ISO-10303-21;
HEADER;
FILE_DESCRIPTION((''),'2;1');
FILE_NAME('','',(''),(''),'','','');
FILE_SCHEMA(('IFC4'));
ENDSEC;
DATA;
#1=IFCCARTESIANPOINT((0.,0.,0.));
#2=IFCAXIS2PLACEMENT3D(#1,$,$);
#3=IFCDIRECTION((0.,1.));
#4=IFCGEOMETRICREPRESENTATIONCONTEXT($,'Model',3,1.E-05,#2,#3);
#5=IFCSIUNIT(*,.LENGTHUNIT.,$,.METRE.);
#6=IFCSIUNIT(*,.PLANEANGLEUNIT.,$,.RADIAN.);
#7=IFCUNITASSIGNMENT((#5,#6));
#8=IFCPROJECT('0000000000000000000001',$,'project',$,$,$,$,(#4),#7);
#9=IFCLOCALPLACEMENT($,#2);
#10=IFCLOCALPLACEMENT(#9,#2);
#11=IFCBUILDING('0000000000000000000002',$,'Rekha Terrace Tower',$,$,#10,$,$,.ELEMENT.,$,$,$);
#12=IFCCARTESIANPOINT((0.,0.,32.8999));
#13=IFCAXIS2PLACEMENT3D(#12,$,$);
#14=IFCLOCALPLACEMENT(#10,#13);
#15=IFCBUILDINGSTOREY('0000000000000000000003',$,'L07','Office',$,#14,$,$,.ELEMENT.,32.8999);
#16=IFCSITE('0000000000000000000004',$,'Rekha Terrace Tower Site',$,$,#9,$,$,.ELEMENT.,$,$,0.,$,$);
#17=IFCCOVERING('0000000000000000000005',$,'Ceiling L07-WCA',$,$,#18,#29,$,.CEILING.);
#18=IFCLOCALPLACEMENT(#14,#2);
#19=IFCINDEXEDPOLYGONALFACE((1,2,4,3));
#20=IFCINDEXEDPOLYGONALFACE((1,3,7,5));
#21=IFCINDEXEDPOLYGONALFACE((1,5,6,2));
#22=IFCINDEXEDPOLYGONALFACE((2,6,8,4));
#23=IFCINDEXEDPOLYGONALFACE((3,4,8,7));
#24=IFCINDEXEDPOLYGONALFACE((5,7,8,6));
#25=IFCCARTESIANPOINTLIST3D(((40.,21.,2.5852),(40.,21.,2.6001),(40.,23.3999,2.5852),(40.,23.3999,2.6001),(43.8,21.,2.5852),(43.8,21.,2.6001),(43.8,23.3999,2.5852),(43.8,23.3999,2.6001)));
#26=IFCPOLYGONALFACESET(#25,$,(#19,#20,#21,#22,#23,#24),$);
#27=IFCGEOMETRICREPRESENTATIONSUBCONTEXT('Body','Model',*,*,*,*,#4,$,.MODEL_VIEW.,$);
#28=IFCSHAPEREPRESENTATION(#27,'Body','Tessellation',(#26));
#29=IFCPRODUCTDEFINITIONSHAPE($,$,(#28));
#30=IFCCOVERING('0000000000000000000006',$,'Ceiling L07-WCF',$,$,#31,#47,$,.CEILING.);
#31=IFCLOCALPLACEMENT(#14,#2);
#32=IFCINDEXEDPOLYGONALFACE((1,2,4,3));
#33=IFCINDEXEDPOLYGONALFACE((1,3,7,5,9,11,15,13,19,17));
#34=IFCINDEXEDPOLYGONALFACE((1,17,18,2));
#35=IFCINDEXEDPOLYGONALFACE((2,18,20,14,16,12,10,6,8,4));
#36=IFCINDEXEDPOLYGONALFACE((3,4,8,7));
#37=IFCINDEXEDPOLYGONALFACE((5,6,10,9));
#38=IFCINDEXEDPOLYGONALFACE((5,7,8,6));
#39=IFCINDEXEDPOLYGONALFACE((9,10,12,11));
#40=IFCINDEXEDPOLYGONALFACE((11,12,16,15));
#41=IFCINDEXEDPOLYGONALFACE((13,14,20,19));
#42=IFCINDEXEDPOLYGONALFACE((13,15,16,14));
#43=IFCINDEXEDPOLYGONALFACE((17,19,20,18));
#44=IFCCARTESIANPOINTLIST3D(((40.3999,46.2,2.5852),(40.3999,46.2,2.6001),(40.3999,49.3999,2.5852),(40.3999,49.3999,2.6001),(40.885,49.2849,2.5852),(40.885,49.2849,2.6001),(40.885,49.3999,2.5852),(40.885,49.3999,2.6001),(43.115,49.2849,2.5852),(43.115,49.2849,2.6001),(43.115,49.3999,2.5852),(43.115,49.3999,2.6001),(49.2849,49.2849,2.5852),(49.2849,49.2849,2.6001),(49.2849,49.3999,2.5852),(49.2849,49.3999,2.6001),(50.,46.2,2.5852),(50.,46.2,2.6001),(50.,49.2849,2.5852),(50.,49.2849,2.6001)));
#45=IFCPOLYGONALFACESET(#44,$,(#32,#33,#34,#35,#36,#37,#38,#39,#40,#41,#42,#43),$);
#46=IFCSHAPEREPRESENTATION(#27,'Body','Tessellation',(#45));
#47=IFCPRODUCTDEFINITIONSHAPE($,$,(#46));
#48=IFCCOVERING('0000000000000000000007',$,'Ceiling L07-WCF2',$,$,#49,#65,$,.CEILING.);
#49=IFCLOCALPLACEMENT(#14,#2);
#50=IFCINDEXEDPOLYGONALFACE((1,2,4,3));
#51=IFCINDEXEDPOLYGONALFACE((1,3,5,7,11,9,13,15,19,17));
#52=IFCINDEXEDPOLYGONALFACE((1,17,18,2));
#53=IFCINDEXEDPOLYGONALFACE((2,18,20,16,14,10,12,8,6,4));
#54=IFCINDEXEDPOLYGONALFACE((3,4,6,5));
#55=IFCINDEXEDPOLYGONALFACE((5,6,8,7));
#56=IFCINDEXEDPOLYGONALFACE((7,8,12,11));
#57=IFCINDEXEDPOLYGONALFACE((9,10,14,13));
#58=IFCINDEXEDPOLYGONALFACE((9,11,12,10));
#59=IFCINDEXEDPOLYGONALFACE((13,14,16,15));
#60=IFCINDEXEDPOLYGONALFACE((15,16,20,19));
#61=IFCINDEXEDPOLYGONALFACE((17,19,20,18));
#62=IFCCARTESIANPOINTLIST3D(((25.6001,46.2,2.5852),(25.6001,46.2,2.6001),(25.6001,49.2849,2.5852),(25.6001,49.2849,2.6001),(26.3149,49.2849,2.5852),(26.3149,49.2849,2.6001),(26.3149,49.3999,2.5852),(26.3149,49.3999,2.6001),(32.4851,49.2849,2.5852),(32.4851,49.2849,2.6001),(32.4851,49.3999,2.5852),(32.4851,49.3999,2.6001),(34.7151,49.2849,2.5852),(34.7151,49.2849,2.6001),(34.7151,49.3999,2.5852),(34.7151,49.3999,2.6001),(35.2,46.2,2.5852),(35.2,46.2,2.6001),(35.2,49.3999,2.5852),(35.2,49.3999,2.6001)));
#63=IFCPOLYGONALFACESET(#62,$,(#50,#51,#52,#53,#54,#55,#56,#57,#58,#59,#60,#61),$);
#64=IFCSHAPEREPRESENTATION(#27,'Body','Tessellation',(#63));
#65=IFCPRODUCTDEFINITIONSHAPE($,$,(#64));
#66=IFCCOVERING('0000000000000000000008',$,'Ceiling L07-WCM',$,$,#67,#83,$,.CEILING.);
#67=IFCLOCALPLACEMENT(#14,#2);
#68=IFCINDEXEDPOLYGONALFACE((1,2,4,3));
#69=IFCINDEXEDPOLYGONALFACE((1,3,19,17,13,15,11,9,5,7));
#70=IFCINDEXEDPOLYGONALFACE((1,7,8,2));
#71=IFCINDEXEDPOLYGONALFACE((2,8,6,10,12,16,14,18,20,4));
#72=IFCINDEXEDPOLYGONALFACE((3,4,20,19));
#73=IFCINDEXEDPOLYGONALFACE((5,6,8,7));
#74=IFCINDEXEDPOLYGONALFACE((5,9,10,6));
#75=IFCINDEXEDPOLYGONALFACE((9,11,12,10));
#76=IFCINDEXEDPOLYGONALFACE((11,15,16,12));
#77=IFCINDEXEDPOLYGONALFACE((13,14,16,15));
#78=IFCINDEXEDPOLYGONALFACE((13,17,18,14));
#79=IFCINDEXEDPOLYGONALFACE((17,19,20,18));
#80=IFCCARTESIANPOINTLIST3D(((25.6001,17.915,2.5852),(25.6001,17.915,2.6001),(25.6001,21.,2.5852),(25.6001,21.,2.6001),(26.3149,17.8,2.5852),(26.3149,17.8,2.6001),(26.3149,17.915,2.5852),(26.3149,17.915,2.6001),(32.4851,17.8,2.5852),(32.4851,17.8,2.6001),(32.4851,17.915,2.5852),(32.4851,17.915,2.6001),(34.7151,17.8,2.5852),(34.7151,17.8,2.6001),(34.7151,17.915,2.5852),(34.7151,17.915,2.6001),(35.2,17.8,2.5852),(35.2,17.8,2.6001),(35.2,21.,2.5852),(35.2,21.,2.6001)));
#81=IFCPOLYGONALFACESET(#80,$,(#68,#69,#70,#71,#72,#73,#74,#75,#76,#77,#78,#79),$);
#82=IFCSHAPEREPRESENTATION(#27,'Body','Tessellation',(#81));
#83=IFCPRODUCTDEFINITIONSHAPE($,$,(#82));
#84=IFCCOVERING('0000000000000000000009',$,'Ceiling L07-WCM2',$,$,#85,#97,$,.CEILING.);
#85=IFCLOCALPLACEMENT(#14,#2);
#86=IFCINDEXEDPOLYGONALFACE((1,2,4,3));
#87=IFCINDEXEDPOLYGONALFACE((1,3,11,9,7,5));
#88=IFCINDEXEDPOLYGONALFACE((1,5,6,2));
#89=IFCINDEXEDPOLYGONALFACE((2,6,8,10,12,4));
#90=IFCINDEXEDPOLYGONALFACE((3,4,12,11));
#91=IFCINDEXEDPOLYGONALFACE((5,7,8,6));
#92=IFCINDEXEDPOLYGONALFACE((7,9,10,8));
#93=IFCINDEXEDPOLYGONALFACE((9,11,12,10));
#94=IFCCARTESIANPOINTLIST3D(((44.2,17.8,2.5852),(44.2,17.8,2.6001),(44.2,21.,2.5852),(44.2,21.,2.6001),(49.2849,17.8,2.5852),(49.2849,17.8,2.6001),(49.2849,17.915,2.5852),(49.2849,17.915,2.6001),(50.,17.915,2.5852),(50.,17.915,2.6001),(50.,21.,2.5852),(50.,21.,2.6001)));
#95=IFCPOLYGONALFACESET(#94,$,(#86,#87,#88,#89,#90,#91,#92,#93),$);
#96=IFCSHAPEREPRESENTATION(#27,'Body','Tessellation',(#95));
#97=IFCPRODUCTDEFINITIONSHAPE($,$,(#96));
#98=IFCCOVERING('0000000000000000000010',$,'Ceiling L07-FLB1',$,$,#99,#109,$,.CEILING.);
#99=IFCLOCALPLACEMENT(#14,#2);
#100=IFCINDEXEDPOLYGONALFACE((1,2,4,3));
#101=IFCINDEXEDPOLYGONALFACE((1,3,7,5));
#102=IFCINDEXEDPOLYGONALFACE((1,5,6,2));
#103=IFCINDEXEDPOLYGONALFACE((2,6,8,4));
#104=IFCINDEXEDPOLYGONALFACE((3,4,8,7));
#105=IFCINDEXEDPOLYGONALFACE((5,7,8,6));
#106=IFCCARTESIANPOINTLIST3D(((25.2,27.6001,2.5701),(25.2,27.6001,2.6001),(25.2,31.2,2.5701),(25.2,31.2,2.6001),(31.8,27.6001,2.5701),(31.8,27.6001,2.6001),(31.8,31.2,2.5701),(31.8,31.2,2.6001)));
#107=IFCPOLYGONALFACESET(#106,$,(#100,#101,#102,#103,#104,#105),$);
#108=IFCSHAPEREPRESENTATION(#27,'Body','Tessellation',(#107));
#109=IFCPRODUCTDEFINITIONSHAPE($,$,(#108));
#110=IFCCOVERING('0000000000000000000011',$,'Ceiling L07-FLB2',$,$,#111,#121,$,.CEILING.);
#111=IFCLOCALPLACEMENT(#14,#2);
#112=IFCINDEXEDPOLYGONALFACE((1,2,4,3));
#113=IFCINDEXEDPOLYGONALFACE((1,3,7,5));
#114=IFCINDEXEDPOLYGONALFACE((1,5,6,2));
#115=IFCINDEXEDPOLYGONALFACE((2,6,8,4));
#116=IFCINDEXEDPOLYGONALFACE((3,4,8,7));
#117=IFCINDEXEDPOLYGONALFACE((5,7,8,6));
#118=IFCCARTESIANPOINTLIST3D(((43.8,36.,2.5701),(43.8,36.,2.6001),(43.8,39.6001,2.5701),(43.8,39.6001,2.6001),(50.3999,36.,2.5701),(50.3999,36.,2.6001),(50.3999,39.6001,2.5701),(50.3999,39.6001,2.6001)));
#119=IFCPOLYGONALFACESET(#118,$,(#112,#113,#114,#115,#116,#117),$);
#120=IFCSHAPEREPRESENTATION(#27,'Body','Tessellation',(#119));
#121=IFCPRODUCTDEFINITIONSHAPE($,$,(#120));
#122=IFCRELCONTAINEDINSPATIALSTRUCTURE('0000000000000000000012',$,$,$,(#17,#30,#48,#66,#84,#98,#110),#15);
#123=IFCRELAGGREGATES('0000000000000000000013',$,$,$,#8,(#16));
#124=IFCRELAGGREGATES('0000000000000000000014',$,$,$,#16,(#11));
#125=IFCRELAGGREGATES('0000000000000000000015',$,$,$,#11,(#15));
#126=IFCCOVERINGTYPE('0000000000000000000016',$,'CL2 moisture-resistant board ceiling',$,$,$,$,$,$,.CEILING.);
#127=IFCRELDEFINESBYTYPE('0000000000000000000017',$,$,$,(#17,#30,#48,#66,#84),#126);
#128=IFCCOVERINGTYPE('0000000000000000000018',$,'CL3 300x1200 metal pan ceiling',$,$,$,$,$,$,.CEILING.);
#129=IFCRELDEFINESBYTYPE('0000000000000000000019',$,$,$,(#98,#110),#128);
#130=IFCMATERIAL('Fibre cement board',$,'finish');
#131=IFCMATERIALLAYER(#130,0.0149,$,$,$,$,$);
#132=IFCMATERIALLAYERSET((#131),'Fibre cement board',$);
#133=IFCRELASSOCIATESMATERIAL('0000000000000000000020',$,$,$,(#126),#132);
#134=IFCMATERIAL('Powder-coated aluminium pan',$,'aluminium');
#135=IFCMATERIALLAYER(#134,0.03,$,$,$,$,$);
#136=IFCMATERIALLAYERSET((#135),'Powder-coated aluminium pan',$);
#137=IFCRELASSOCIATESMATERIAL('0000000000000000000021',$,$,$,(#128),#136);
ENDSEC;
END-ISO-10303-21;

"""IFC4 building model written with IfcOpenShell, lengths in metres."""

from ifc_helpers import new_model, si_unit, direction, frame, origin, place, context, subcontext, project, spatial, polyline, outline, extrude, material, layer, layer_set, type_object, element, save


model = new_model("IFC4")

# Units and contexts
model_context = context("Model", 3, precision=1e-05, world=origin(), true_north=direction((0.0, 1.0)))
body_context = subcontext(model_context, "Body", "Model", "MODEL_VIEW")
ifc_project = project(units=[si_unit("LENGTHUNIT", "METRE"), si_unit("PLANEANGLEUNIT", "RADIAN")], contexts=[model_context])

# Site, building, storey
site_placement = place(None, origin())
site = spatial("IfcSite", under=ifc_project, at=site_placement, Name="Rekha Terrace Tower Site", CompositionType="ELEMENT", RefElevation=0.0)
building_placement = place(site_placement, origin())
building = spatial("IfcBuilding", under=site, at=building_placement, Name="Rekha Terrace Tower", CompositionType="ELEMENT")
storey_placement = place(building_placement, frame((0.0, 0.0, 32.8999)))
storey = spatial("IfcBuildingStorey", under=building, at=storey_placement, Name="L07", Description="Office", CompositionType="ELEMENT", Elevation=32.8999)

# Coverings
ifc_material_1 = material(Name="Fibre cement board", Category="finish")
ifc_layer_1 = layer(ifc_material_1, 0.0149)
ifc_layer_set_1 = layer_set([ifc_layer_1], Name="Fibre cement board")
covering_type_1 = type_object("IfcCoveringType", Name="CL2 moisture-resistant board ceiling", PredefinedType="CEILING", material=ifc_layer_set_1)
covering_1_placement = place(storey_placement, frame((0.0, 0.0, 2.5852)))
element("IfcCovering", 1, at=covering_1_placement, inside=storey, type_object=covering_type_1, Name="Ceiling L07-WCA", PredefinedType="CEILING", context=body_context, shape_type="SweptSolid", body=[
    extrude(outline(polyline([(43.8, 23.3999), (40.0, 23.3999), (40.0, 21.0), (43.8, 21.0), (43.8, 23.3999)])), origin(), (0.0, 0.0, 1.0), 0.0149),
])
covering_2_placement = place(storey_placement, frame((0.0, 0.0, 2.5852)))
element("IfcCovering", 2, at=covering_2_placement, inside=storey, type_object=covering_type_1, Name="Ceiling L07-WCF", PredefinedType="CEILING", context=body_context, shape_type="SweptSolid", body=[
    extrude(outline(polyline([(40.885, 49.3999), (40.3999, 49.3999), (40.3999, 46.2), (50.0, 46.2), (50.0, 49.2849), (49.2849, 49.2849), (49.2849, 49.3999), (43.115, 49.3999), (43.115, 49.2849), (40.885, 49.2849), (40.885, 49.3999)])), origin(), (0.0, 0.0, 1.0), 0.0149),
])
covering_3_placement = place(storey_placement, frame((0.0, 0.0, 2.5852)))
element("IfcCovering", 3, at=covering_3_placement, inside=storey, type_object=covering_type_1, Name="Ceiling L07-WCF2", PredefinedType="CEILING", context=body_context, shape_type="SweptSolid", body=[
    extrude(outline(polyline([(26.3149, 49.2849), (25.6001, 49.2849), (25.6001, 46.2), (35.2, 46.2), (35.2, 49.3999), (34.7151, 49.3999), (34.7151, 49.2849), (32.4851, 49.2849), (32.4851, 49.3999), (26.3149, 49.3999), (26.3149, 49.2849)])), origin(), (0.0, 0.0, 1.0), 0.0149),
])
covering_4_placement = place(storey_placement, frame((0.0, 0.0, 2.5852)))
element("IfcCovering", 4, at=covering_4_placement, inside=storey, type_object=covering_type_1, Name="Ceiling L07-WCM", PredefinedType="CEILING", context=body_context, shape_type="SweptSolid", body=[
    extrude(outline(polyline([(35.2, 21.0), (25.6001, 21.0), (25.6001, 17.915), (26.3149, 17.915), (26.3149, 17.8), (32.4851, 17.8), (32.4851, 17.915), (34.7151, 17.915), (34.7151, 17.8), (35.2, 17.8), (35.2, 21.0)])), origin(), (0.0, 0.0, 1.0), 0.0149),
])
covering_5_placement = place(storey_placement, frame((0.0, 0.0, 2.5852)))
element("IfcCovering", 5, at=covering_5_placement, inside=storey, type_object=covering_type_1, Name="Ceiling L07-WCM2", PredefinedType="CEILING", context=body_context, shape_type="SweptSolid", body=[
    extrude(outline(polyline([(50.0, 21.0), (44.2, 21.0), (44.2, 17.8), (49.2849, 17.8), (49.2849, 17.915), (50.0, 17.915), (50.0, 21.0)])), origin(), (0.0, 0.0, 1.0), 0.0149),
])
ifc_material_2 = material(Name="Powder-coated aluminium pan", Category="aluminium")
ifc_layer_2 = layer(ifc_material_2, 0.03)
ifc_layer_set_2 = layer_set([ifc_layer_2], Name="Powder-coated aluminium pan")
covering_type_2 = type_object("IfcCoveringType", Name="CL3 300x1200 metal pan ceiling", PredefinedType="CEILING", material=ifc_layer_set_2)
covering_6_placement = place(storey_placement, frame((0.0, 0.0, 2.5701)))
element("IfcCovering", 6, at=covering_6_placement, inside=storey, type_object=covering_type_2, Name="Ceiling L07-FLB1", PredefinedType="CEILING", context=body_context, shape_type="SweptSolid", body=[
    extrude(outline(polyline([(31.8, 31.2), (25.2, 31.2), (25.2, 27.6001), (31.8, 27.6001), (31.8, 31.2)])), origin(), (0.0, 0.0, 1.0), 0.03),
])
covering_7_placement = place(storey_placement, frame((0.0, 0.0, 2.5701)))
element("IfcCovering", 7, at=covering_7_placement, inside=storey, type_object=covering_type_2, Name="Ceiling L07-FLB2", PredefinedType="CEILING", context=body_context, shape_type="SweptSolid", body=[
    extrude(outline(polyline([(50.3999, 39.6001), (43.8, 39.6001), (43.8, 36.0), (50.3999, 36.0), (50.3999, 39.6001)])), origin(), (0.0, 0.0, 1.0), 0.03),
])

save(model, "model.ifc")
